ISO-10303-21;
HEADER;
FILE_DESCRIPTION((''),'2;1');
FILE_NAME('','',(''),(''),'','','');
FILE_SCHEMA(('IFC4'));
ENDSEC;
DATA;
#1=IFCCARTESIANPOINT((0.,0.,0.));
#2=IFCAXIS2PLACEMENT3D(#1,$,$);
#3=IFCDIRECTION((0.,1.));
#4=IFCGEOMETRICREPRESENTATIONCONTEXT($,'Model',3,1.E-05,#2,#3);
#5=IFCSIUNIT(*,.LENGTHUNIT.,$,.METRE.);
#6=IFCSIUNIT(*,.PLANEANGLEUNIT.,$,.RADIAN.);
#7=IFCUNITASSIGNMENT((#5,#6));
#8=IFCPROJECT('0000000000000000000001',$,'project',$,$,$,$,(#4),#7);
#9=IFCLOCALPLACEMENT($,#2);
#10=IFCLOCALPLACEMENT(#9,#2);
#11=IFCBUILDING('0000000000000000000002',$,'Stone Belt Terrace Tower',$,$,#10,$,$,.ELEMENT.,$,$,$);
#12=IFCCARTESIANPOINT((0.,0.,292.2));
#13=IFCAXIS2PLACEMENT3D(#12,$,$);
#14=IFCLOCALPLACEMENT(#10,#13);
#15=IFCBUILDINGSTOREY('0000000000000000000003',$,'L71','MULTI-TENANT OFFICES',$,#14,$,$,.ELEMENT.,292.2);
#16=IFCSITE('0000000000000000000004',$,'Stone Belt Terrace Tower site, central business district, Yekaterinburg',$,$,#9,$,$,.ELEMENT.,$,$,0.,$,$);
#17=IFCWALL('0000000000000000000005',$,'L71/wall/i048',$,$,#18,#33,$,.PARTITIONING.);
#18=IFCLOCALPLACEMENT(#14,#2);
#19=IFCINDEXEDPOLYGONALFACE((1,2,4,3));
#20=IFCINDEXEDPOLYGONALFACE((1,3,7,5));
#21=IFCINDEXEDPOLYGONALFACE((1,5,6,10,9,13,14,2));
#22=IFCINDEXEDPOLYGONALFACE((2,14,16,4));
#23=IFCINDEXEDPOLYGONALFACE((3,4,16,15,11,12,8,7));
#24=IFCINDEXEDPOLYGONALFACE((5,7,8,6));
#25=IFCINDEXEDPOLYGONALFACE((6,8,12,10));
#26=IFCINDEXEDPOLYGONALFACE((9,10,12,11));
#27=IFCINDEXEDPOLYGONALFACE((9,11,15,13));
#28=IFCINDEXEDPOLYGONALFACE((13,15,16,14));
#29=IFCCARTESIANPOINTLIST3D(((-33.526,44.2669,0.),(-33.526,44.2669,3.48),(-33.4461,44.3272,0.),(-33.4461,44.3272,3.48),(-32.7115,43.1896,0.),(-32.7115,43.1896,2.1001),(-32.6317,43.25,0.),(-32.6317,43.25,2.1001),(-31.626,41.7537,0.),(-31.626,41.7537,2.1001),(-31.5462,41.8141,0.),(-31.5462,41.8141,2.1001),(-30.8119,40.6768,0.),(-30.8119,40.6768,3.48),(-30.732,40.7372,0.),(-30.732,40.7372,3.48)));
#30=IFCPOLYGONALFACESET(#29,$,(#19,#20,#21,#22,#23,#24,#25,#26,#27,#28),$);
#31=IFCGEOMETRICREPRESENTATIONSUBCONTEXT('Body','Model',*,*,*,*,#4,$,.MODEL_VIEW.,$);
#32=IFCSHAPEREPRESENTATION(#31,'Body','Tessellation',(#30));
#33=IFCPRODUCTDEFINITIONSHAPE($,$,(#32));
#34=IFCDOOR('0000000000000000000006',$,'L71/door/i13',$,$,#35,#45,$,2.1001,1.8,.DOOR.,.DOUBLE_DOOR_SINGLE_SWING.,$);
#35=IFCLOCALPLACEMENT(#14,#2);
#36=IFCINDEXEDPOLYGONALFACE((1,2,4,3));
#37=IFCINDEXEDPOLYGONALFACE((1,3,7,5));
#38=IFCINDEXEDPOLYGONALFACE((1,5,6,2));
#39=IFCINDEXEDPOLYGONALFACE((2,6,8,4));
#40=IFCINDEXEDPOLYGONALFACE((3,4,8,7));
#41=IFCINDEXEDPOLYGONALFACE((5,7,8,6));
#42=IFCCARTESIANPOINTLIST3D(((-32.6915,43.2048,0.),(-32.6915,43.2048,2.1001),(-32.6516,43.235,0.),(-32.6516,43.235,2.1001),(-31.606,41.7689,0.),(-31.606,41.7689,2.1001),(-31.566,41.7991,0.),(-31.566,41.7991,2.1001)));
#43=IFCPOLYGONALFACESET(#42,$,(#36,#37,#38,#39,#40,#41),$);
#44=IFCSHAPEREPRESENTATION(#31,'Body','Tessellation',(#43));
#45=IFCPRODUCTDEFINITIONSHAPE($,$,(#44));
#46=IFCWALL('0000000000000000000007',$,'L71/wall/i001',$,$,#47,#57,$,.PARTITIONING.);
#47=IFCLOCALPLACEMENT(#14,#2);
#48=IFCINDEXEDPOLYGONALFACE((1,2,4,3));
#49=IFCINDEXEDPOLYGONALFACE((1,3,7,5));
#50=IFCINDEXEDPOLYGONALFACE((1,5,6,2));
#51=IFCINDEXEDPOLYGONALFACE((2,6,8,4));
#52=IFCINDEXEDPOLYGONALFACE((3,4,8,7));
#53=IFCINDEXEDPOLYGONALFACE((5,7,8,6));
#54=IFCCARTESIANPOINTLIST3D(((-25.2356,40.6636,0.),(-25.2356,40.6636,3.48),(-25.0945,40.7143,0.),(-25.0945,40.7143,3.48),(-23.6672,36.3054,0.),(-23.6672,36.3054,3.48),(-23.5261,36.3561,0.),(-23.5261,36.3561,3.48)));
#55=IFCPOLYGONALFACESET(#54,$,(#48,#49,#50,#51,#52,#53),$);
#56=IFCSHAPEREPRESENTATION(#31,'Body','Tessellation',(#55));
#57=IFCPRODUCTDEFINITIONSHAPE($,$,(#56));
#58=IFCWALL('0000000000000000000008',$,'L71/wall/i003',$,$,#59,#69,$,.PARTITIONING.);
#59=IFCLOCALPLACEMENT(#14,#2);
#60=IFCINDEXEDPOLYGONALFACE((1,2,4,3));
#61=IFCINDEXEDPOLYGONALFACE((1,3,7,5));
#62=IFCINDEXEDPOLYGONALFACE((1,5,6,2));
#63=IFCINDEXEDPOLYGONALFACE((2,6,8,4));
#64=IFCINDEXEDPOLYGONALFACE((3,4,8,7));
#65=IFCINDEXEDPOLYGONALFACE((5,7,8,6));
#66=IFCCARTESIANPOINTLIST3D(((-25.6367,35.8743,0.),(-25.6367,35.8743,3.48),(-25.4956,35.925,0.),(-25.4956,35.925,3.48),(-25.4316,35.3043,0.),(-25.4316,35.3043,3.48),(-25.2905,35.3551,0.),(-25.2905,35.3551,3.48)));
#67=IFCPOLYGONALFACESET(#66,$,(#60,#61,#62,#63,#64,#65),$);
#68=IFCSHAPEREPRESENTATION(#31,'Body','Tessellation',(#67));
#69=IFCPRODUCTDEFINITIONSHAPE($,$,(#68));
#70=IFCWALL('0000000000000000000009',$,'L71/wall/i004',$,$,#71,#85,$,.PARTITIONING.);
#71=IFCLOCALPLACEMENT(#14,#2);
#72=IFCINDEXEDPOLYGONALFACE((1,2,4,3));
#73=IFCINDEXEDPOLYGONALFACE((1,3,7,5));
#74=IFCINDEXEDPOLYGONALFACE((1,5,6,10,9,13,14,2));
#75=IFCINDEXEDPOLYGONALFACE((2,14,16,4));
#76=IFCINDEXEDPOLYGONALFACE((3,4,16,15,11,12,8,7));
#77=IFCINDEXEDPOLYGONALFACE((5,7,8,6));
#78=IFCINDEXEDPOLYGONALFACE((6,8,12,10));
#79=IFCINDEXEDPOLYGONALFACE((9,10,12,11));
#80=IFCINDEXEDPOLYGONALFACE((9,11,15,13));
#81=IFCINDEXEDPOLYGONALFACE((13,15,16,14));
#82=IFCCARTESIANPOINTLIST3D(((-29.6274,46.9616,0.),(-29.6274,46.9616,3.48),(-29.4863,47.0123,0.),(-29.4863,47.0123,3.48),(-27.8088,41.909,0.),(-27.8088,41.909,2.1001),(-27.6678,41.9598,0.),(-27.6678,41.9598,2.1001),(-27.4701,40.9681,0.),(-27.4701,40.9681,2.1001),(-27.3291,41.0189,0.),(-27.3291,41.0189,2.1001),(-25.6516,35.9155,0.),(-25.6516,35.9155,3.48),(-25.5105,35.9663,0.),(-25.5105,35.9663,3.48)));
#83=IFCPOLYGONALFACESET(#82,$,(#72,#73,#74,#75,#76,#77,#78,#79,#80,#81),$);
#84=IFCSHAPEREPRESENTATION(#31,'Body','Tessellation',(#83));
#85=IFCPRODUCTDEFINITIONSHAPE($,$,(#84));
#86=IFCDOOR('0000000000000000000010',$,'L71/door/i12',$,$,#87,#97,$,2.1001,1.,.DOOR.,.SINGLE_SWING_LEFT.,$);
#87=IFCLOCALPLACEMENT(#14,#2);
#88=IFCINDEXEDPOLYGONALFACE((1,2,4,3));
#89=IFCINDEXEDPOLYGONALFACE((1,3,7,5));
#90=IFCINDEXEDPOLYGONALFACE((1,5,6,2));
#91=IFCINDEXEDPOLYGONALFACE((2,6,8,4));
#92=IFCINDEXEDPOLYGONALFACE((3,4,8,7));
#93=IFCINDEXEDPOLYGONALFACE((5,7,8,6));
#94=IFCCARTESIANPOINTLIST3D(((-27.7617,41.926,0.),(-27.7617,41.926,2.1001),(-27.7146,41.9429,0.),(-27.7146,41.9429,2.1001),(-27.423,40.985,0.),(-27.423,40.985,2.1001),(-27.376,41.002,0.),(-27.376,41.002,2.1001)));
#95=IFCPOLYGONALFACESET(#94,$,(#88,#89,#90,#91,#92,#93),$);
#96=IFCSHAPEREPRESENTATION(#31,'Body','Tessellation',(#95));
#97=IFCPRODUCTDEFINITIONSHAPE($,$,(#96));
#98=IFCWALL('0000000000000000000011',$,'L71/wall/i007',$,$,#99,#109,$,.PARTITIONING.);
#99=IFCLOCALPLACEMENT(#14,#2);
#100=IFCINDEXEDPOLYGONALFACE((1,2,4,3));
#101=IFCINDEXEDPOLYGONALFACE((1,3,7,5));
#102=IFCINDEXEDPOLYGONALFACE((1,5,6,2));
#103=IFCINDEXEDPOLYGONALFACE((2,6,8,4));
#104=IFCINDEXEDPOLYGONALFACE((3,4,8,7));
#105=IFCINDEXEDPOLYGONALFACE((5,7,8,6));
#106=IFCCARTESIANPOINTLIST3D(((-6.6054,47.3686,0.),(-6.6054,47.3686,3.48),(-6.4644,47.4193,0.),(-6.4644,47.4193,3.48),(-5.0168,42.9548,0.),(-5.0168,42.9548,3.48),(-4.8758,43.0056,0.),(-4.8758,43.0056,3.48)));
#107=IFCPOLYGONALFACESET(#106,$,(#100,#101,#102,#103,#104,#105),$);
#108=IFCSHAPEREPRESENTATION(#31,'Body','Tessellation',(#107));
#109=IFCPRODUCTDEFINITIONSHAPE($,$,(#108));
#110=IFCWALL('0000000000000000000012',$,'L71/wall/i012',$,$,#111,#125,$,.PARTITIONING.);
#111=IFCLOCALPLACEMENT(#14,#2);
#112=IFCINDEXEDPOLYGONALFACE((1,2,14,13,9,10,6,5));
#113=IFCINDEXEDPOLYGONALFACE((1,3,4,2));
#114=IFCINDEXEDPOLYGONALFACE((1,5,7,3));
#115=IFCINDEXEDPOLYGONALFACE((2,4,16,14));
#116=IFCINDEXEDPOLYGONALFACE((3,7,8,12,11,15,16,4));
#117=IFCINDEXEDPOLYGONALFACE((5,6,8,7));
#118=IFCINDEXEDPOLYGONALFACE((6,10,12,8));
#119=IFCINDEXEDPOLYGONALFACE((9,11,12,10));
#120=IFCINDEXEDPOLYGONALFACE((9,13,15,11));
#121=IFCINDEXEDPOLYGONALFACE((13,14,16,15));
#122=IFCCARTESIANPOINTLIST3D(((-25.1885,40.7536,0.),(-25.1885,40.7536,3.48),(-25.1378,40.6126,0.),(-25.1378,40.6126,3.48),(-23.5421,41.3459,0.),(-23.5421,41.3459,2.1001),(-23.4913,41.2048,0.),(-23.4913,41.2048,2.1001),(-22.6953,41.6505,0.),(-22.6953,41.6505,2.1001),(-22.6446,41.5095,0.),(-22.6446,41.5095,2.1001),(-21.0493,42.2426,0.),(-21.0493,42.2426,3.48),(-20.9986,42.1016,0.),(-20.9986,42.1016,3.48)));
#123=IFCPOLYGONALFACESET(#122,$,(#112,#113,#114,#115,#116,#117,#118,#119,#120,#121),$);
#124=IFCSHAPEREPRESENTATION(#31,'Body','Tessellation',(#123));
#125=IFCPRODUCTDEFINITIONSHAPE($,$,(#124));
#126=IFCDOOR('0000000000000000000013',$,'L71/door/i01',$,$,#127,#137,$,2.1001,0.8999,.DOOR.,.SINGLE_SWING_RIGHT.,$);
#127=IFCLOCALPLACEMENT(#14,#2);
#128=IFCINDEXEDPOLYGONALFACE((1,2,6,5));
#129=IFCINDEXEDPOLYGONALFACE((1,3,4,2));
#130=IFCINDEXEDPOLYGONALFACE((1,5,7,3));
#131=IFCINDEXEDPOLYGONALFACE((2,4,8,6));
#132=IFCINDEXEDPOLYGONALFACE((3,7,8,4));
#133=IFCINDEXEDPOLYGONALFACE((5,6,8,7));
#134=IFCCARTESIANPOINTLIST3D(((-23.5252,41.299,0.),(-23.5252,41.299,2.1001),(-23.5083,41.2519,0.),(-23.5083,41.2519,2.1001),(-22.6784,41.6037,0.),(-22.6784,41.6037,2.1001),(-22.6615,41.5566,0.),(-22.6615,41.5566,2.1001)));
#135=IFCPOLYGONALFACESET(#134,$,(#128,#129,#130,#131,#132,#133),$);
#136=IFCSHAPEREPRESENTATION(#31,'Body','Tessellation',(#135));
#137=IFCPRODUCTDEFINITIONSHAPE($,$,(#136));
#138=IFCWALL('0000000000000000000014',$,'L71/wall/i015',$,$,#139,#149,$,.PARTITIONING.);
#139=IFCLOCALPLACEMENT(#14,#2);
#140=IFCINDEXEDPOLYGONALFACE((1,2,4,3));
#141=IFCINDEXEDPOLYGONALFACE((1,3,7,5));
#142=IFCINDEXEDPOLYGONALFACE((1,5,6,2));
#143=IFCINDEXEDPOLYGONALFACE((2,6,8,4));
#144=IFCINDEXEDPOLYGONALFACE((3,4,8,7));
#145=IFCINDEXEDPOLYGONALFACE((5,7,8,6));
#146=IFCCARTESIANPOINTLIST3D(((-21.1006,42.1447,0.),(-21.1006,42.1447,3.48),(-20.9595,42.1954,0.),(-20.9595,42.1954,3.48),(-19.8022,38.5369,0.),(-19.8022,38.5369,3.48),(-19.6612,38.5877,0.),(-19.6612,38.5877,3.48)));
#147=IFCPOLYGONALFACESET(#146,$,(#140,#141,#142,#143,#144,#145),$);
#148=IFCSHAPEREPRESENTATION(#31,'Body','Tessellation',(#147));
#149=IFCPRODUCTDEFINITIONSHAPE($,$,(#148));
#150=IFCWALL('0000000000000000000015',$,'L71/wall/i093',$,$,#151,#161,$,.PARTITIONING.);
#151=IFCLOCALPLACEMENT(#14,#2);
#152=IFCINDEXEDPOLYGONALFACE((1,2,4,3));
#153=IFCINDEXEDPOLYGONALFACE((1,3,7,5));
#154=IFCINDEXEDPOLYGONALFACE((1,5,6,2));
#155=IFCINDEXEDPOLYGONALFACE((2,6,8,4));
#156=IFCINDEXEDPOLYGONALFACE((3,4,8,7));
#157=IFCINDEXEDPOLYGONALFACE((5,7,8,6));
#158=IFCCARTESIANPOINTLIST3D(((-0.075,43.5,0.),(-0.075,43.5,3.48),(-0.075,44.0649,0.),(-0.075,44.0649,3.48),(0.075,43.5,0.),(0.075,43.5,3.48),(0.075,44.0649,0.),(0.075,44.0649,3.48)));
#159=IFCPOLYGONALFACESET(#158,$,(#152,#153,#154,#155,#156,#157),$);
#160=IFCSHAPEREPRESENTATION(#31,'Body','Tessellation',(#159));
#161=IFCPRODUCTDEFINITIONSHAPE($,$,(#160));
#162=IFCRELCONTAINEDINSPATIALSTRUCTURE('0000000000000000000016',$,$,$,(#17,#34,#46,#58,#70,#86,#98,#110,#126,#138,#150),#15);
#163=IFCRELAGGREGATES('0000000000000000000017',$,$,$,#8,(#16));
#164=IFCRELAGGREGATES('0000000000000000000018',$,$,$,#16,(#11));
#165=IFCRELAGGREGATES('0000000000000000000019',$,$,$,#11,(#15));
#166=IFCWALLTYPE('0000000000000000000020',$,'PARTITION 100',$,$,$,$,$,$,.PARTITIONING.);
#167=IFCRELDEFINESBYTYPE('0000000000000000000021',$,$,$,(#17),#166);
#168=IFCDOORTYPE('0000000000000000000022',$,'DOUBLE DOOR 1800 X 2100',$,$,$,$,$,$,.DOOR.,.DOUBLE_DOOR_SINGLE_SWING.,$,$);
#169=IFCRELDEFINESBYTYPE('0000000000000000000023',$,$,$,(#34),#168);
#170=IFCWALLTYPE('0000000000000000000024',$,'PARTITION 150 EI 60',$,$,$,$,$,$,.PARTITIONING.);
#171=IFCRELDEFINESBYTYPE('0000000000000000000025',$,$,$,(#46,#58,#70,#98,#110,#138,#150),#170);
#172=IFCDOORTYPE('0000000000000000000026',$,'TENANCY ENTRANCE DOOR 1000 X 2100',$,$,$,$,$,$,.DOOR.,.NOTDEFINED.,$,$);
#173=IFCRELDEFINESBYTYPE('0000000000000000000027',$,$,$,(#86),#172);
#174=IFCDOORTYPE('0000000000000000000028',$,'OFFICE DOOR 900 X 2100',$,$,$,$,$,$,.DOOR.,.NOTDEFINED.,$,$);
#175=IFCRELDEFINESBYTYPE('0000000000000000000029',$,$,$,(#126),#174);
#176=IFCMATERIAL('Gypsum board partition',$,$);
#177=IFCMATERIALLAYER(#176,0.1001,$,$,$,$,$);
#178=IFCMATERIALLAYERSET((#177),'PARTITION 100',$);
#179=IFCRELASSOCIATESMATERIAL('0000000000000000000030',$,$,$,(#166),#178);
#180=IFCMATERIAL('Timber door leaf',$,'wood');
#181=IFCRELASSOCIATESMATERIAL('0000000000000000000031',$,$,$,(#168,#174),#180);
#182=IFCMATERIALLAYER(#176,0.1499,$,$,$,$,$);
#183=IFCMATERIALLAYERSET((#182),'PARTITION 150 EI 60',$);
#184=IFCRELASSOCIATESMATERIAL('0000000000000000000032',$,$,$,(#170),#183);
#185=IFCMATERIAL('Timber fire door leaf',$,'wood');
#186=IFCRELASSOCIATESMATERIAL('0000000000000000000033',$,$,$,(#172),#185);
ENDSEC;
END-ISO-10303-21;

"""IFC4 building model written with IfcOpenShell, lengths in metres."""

from ifc_helpers import new_model, si_unit, direction, frame, frame_2d, origin, place, context, subcontext, project, spatial, rectangle, extrude, material, layer, layer_set, type_object, element, fill, save


model = new_model("IFC4")

# Units and contexts
model_context = context("Model", 3, precision=1e-05, world=origin(), true_north=direction((0.0, 1.0)))
body_context = subcontext(model_context, "Body", "Model", "MODEL_VIEW")
ifc_project = project(units=[si_unit("LENGTHUNIT", "METRE"), si_unit("PLANEANGLEUNIT", "RADIAN")], contexts=[model_context])

# Site, building, storey
site_placement = place(None, origin())
site = spatial("IfcSite", under=ifc_project, at=site_placement, Name="Stone Belt Terrace Tower site, central business district, Yekaterinburg", CompositionType="ELEMENT", RefElevation=0.0)
building_placement = place(site_placement, origin())
building = spatial("IfcBuilding", under=site, at=building_placement, Name="Stone Belt Terrace Tower", CompositionType="ELEMENT")
storey_placement = place(building_placement, frame((0.0, 0.0, 292.2)))
storey = spatial("IfcBuildingStorey", under=building, at=storey_placement, Name="L71", Description="MULTI-TENANT OFFICES", CompositionType="ELEMENT", Elevation=292.2)

# Wall, opening, door
ifc_material_1 = material(Name="Timber door leaf", Category="wood")
ifc_material_2 = material(Name="Gypsum board partition")
ifc_layer_1 = layer(ifc_material_2, 0.1001)
ifc_layer_set_1 = layer_set([ifc_layer_1], Name="PARTITION 100")
wall_type_1 = type_object("IfcWallType", Name="PARTITION 100", PredefinedType="PARTITIONING", material=ifc_layer_set_1)
wall_1_placement = place(storey_placement, frame((-30.772, 40.707, 0.0), z_axis=(0.0, 0.0, 1.0), x_axis=(-0.603059, 0.797696, 0.0)))
wall_1 = element("IfcWall", 1, at=wall_1_placement, inside=storey, type_object=wall_type_1, Name="L71/wall/i048", PredefinedType="PARTITIONING", context=body_context, shape_type="SweptSolid", body=[
    extrude(rectangle(XDim=4.5005, YDim=0.1001, at=frame_2d((2.2502, 0.0))), origin(), (0.0, 0.0, 1.0), 3.48),
])
opening_1_placement = place(wall_1_placement, frame((1.3501, 0.0, 0.0)))
opening_1 = element("IfcOpeningElement", 2, at=opening_1_placement, cuts=wall_1, PredefinedType="OPENING", context=body_context, shape_type="SweptSolid", body=[
    extrude(rectangle(XDim=1.8, YDim=2.1001, at=frame_2d((0.8999, 1.05))), frame((0.0, 0.0601, 0.0), z_axis=(0.0, -1.0, 0.0), x_axis=(1.0, 0.0, 0.0)), (0.0, 0.0, 1.0), 0.1201),
])
door_type_1 = type_object("IfcDoorType", Name="DOUBLE DOOR 1800 X 2100", OperationType="DOUBLE_DOOR_SINGLE_SWING", PredefinedType="DOOR", material=ifc_material_1)
door_1_placement = place(opening_1_placement, origin())
door_1 = element("IfcDoor", 3, at=door_1_placement, inside=storey, type_object=door_type_1, Name="L71/door/i13", OperationType="DOUBLE_DOOR_SINGLE_SWING", OverallHeight=2.1001, OverallWidth=1.8, PredefinedType="DOOR", context=body_context, shape_type="SweptSolid", body=[
    extrude(rectangle(XDim=1.8, YDim=2.1001, at=frame_2d((0.8999, 1.05))), frame((0.0, 0.0249, 0.0), z_axis=(0.0, -1.0, 0.0), x_axis=(1.0, 0.0, 0.0)), (0.0, 0.0, 1.0), 0.05),
])
fill(opening_1, door_1)

# Walls
ifc_layer_2 = layer(ifc_material_2, 0.1499)
ifc_layer_set_2 = layer_set([ifc_layer_2], Name="PARTITION 150 EI 60")
wall_type_2 = type_object("IfcWallType", Name="PARTITION 150 EI 60", PredefinedType="PARTITIONING", material=ifc_layer_set_2)
wall_2_placement = place(storey_placement, frame((-25.165, 40.689, 0.0), z_axis=(0.0, 0.0, 1.0), x_axis=(0.338609, -0.940927, 0.0)))
element("IfcWall", 4, at=wall_2_placement, inside=storey, type_object=wall_type_2, Name="L71/wall/i001", PredefinedType="PARTITIONING", context=body_context, shape_type="SweptSolid", body=[
    extrude(rectangle(XDim=4.6318, YDim=0.1499, at=frame_2d((2.3159, 0.0))), origin(), (0.0, 0.0, 1.0), 3.48),
])
wall_3_placement = place(storey_placement, frame((-25.3611, 35.3298, 0.0), z_axis=(0.0, 0.0, 1.0), x_axis=(-0.338634, 0.940918, 0.0)))
element("IfcWall", 5, at=wall_3_placement, inside=storey, type_object=wall_type_2, Name="L71/wall/i003", PredefinedType="PARTITIONING", context=body_context, shape_type="SweptSolid", body=[
    extrude(rectangle(XDim=0.6057, YDim=0.1499, at=frame_2d((0.3027, 0.0))), origin(), (0.0, 0.0, 1.0), 3.48),
])

# Wall, opening, door
wall_4_placement = place(storey_placement, frame((-25.5811, 35.9409, 0.0), z_axis=(0.0, 0.0, 1.0), x_axis=(-0.338661, 0.940909, 0.0)))
wall_4 = element("IfcWall", 6, at=wall_4_placement, inside=storey, type_object=wall_type_2, Name="L71/wall/i004", PredefinedType="PARTITIONING", context=body_context, shape_type="SweptSolid", body=[
    extrude(rectangle(XDim=11.7397, YDim=0.1499, at=frame_2d((5.8699, 0.0))), origin(), (0.0, 0.0, 1.0), 3.48),
])
opening_2_placement = place(wall_4_placement, frame((5.3699, 0.0, 0.0)))
opening_2 = element("IfcOpeningElement", 7, at=opening_2_placement, cuts=wall_4, PredefinedType="OPENING", context=body_context, shape_type="SweptSolid", body=[
    extrude(rectangle(XDim=1.0, YDim=2.1001, at=frame_2d((0.5, 1.05))), frame((0.0, 0.085, 0.0), z_axis=(0.0, -1.0, 0.0), x_axis=(1.0, 0.0, 0.0)), (0.0, 0.0, 1.0), 0.1699),
])
ifc_material_3 = material(Name="Timber fire door leaf", Category="wood")
door_type_2 = type_object("IfcDoorType", Name="TENANCY ENTRANCE DOOR 1000 X 2100", OperationType="NOTDEFINED", PredefinedType="DOOR", material=ifc_material_3)
door_2_placement = place(opening_2_placement, origin())
door_2 = element("IfcDoor", 8, at=door_2_placement, inside=storey, type_object=door_type_2, Name="L71/door/i12", OperationType="SINGLE_SWING_LEFT", OverallHeight=2.1001, OverallWidth=1.0, PredefinedType="DOOR", context=body_context, shape_type="SweptSolid", body=[
    extrude(rectangle(XDim=1.0, YDim=2.1001, at=frame_2d((0.5, 1.05))), frame((0.0, 0.0249, 0.0), z_axis=(0.0, -1.0, 0.0), x_axis=(1.0, 0.0, 0.0)), (0.0, 0.0, 1.0), 0.05),
])
fill(opening_2, door_2)

# Wall
wall_5_placement = place(storey_placement, frame((-4.9463, 42.9802, 0.0), z_axis=(0.0, 0.0, 1.0), x_axis=(-0.338653, 0.940911, 0.0)))
element("IfcWall", 9, at=wall_5_placement, inside=storey, type_object=wall_type_2, Name="L71/wall/i007", PredefinedType="PARTITIONING", context=body_context, shape_type="SweptSolid", body=[
    extrude(rectangle(XDim=4.6909, YDim=0.1499, at=frame_2d((2.3455, 0.0))), origin(), (0.0, 0.0, 1.0), 3.48),
])

# Wall, opening, door
wall_6_placement = place(storey_placement, frame((-21.0239, 42.1721, 0.0), z_axis=(0.0, 0.0, 1.0), x_axis=(-0.940966, -0.338501, 0.0)))
wall_6 = element("IfcWall", 10, at=wall_6_placement, inside=storey, type_object=wall_type_2, Name="L71/wall/i012", PredefinedType="PARTITIONING", context=body_context, shape_type="SweptSolid", body=[
    extrude(rectangle(XDim=4.3989, YDim=0.1499, at=frame_2d((2.1995, 0.0))), origin(), (0.0, 0.0, 1.0), 3.48),
])
opening_3_placement = place(wall_6_placement, frame((1.7493, 0.0, 0.0)))
opening_3 = element("IfcOpeningElement", 11, at=opening_3_placement, cuts=wall_6, PredefinedType="OPENING", context=body_context, shape_type="SweptSolid", body=[
    extrude(rectangle(XDim=0.8999, YDim=2.1001, at=frame_2d((0.45, 1.05))), frame((0.0, 0.085, 0.0), z_axis=(0.0, -1.0, 0.0), x_axis=(1.0, 0.0, 0.0)), (0.0, 0.0, 1.0), 0.1699),
])
door_type_3 = type_object("IfcDoorType", Name="OFFICE DOOR 900 X 2100", OperationType="NOTDEFINED", PredefinedType="DOOR", material=ifc_material_1)
door_3_placement = place(opening_3_placement, origin())
door_3 = element("IfcDoor", 12, at=door_3_placement, inside=storey, type_object=door_type_3, Name="L71/door/i01", OperationType="SINGLE_SWING_RIGHT", OverallHeight=2.1001, OverallWidth=0.8999, PredefinedType="DOOR", context=body_context, shape_type="SweptSolid", body=[
    extrude(rectangle(XDim=0.8999, YDim=2.1001, at=frame_2d((0.45, 1.05))), frame((0.0, 0.0249, 0.0), z_axis=(0.0, -1.0, 0.0), x_axis=(1.0, 0.0, 0.0)), (0.0, 0.0, 1.0), 0.05),
])
fill(opening_3, door_3)

# Walls
wall_7_placement = place(storey_placement, frame((-21.03, 42.1699, 0.0), z_axis=(0.0, 0.0, 1.0), x_axis=(0.338623, -0.940922, 0.0)))
element("IfcWall", 13, at=wall_7_placement, inside=storey, type_object=wall_type_2, Name="L71/wall/i015", PredefinedType="PARTITIONING", context=body_context, shape_type="SweptSolid", body=[
    extrude(rectangle(XDim=3.8342, YDim=0.1499, at=frame_2d((1.917, 0.0))), origin(), (0.0, 0.0, 1.0), 3.48),
])
wall_8_placement = place(storey_placement, frame((0.0, 44.0649, 0.0), z_axis=(0.0, 0.0, 1.0), x_axis=(0.0, -1.0, 0.0)))
element("IfcWall", 14, at=wall_8_placement, inside=storey, type_object=wall_type_2, Name="L71/wall/i093", PredefinedType="PARTITIONING", context=body_context, shape_type="SweptSolid", body=[
    extrude(rectangle(XDim=0.5649, YDim=0.1499, at=frame_2d((0.2825, 0.0))), origin(), (0.0, 0.0, 1.0), 3.48),
])

save(model, "model.ifc")
